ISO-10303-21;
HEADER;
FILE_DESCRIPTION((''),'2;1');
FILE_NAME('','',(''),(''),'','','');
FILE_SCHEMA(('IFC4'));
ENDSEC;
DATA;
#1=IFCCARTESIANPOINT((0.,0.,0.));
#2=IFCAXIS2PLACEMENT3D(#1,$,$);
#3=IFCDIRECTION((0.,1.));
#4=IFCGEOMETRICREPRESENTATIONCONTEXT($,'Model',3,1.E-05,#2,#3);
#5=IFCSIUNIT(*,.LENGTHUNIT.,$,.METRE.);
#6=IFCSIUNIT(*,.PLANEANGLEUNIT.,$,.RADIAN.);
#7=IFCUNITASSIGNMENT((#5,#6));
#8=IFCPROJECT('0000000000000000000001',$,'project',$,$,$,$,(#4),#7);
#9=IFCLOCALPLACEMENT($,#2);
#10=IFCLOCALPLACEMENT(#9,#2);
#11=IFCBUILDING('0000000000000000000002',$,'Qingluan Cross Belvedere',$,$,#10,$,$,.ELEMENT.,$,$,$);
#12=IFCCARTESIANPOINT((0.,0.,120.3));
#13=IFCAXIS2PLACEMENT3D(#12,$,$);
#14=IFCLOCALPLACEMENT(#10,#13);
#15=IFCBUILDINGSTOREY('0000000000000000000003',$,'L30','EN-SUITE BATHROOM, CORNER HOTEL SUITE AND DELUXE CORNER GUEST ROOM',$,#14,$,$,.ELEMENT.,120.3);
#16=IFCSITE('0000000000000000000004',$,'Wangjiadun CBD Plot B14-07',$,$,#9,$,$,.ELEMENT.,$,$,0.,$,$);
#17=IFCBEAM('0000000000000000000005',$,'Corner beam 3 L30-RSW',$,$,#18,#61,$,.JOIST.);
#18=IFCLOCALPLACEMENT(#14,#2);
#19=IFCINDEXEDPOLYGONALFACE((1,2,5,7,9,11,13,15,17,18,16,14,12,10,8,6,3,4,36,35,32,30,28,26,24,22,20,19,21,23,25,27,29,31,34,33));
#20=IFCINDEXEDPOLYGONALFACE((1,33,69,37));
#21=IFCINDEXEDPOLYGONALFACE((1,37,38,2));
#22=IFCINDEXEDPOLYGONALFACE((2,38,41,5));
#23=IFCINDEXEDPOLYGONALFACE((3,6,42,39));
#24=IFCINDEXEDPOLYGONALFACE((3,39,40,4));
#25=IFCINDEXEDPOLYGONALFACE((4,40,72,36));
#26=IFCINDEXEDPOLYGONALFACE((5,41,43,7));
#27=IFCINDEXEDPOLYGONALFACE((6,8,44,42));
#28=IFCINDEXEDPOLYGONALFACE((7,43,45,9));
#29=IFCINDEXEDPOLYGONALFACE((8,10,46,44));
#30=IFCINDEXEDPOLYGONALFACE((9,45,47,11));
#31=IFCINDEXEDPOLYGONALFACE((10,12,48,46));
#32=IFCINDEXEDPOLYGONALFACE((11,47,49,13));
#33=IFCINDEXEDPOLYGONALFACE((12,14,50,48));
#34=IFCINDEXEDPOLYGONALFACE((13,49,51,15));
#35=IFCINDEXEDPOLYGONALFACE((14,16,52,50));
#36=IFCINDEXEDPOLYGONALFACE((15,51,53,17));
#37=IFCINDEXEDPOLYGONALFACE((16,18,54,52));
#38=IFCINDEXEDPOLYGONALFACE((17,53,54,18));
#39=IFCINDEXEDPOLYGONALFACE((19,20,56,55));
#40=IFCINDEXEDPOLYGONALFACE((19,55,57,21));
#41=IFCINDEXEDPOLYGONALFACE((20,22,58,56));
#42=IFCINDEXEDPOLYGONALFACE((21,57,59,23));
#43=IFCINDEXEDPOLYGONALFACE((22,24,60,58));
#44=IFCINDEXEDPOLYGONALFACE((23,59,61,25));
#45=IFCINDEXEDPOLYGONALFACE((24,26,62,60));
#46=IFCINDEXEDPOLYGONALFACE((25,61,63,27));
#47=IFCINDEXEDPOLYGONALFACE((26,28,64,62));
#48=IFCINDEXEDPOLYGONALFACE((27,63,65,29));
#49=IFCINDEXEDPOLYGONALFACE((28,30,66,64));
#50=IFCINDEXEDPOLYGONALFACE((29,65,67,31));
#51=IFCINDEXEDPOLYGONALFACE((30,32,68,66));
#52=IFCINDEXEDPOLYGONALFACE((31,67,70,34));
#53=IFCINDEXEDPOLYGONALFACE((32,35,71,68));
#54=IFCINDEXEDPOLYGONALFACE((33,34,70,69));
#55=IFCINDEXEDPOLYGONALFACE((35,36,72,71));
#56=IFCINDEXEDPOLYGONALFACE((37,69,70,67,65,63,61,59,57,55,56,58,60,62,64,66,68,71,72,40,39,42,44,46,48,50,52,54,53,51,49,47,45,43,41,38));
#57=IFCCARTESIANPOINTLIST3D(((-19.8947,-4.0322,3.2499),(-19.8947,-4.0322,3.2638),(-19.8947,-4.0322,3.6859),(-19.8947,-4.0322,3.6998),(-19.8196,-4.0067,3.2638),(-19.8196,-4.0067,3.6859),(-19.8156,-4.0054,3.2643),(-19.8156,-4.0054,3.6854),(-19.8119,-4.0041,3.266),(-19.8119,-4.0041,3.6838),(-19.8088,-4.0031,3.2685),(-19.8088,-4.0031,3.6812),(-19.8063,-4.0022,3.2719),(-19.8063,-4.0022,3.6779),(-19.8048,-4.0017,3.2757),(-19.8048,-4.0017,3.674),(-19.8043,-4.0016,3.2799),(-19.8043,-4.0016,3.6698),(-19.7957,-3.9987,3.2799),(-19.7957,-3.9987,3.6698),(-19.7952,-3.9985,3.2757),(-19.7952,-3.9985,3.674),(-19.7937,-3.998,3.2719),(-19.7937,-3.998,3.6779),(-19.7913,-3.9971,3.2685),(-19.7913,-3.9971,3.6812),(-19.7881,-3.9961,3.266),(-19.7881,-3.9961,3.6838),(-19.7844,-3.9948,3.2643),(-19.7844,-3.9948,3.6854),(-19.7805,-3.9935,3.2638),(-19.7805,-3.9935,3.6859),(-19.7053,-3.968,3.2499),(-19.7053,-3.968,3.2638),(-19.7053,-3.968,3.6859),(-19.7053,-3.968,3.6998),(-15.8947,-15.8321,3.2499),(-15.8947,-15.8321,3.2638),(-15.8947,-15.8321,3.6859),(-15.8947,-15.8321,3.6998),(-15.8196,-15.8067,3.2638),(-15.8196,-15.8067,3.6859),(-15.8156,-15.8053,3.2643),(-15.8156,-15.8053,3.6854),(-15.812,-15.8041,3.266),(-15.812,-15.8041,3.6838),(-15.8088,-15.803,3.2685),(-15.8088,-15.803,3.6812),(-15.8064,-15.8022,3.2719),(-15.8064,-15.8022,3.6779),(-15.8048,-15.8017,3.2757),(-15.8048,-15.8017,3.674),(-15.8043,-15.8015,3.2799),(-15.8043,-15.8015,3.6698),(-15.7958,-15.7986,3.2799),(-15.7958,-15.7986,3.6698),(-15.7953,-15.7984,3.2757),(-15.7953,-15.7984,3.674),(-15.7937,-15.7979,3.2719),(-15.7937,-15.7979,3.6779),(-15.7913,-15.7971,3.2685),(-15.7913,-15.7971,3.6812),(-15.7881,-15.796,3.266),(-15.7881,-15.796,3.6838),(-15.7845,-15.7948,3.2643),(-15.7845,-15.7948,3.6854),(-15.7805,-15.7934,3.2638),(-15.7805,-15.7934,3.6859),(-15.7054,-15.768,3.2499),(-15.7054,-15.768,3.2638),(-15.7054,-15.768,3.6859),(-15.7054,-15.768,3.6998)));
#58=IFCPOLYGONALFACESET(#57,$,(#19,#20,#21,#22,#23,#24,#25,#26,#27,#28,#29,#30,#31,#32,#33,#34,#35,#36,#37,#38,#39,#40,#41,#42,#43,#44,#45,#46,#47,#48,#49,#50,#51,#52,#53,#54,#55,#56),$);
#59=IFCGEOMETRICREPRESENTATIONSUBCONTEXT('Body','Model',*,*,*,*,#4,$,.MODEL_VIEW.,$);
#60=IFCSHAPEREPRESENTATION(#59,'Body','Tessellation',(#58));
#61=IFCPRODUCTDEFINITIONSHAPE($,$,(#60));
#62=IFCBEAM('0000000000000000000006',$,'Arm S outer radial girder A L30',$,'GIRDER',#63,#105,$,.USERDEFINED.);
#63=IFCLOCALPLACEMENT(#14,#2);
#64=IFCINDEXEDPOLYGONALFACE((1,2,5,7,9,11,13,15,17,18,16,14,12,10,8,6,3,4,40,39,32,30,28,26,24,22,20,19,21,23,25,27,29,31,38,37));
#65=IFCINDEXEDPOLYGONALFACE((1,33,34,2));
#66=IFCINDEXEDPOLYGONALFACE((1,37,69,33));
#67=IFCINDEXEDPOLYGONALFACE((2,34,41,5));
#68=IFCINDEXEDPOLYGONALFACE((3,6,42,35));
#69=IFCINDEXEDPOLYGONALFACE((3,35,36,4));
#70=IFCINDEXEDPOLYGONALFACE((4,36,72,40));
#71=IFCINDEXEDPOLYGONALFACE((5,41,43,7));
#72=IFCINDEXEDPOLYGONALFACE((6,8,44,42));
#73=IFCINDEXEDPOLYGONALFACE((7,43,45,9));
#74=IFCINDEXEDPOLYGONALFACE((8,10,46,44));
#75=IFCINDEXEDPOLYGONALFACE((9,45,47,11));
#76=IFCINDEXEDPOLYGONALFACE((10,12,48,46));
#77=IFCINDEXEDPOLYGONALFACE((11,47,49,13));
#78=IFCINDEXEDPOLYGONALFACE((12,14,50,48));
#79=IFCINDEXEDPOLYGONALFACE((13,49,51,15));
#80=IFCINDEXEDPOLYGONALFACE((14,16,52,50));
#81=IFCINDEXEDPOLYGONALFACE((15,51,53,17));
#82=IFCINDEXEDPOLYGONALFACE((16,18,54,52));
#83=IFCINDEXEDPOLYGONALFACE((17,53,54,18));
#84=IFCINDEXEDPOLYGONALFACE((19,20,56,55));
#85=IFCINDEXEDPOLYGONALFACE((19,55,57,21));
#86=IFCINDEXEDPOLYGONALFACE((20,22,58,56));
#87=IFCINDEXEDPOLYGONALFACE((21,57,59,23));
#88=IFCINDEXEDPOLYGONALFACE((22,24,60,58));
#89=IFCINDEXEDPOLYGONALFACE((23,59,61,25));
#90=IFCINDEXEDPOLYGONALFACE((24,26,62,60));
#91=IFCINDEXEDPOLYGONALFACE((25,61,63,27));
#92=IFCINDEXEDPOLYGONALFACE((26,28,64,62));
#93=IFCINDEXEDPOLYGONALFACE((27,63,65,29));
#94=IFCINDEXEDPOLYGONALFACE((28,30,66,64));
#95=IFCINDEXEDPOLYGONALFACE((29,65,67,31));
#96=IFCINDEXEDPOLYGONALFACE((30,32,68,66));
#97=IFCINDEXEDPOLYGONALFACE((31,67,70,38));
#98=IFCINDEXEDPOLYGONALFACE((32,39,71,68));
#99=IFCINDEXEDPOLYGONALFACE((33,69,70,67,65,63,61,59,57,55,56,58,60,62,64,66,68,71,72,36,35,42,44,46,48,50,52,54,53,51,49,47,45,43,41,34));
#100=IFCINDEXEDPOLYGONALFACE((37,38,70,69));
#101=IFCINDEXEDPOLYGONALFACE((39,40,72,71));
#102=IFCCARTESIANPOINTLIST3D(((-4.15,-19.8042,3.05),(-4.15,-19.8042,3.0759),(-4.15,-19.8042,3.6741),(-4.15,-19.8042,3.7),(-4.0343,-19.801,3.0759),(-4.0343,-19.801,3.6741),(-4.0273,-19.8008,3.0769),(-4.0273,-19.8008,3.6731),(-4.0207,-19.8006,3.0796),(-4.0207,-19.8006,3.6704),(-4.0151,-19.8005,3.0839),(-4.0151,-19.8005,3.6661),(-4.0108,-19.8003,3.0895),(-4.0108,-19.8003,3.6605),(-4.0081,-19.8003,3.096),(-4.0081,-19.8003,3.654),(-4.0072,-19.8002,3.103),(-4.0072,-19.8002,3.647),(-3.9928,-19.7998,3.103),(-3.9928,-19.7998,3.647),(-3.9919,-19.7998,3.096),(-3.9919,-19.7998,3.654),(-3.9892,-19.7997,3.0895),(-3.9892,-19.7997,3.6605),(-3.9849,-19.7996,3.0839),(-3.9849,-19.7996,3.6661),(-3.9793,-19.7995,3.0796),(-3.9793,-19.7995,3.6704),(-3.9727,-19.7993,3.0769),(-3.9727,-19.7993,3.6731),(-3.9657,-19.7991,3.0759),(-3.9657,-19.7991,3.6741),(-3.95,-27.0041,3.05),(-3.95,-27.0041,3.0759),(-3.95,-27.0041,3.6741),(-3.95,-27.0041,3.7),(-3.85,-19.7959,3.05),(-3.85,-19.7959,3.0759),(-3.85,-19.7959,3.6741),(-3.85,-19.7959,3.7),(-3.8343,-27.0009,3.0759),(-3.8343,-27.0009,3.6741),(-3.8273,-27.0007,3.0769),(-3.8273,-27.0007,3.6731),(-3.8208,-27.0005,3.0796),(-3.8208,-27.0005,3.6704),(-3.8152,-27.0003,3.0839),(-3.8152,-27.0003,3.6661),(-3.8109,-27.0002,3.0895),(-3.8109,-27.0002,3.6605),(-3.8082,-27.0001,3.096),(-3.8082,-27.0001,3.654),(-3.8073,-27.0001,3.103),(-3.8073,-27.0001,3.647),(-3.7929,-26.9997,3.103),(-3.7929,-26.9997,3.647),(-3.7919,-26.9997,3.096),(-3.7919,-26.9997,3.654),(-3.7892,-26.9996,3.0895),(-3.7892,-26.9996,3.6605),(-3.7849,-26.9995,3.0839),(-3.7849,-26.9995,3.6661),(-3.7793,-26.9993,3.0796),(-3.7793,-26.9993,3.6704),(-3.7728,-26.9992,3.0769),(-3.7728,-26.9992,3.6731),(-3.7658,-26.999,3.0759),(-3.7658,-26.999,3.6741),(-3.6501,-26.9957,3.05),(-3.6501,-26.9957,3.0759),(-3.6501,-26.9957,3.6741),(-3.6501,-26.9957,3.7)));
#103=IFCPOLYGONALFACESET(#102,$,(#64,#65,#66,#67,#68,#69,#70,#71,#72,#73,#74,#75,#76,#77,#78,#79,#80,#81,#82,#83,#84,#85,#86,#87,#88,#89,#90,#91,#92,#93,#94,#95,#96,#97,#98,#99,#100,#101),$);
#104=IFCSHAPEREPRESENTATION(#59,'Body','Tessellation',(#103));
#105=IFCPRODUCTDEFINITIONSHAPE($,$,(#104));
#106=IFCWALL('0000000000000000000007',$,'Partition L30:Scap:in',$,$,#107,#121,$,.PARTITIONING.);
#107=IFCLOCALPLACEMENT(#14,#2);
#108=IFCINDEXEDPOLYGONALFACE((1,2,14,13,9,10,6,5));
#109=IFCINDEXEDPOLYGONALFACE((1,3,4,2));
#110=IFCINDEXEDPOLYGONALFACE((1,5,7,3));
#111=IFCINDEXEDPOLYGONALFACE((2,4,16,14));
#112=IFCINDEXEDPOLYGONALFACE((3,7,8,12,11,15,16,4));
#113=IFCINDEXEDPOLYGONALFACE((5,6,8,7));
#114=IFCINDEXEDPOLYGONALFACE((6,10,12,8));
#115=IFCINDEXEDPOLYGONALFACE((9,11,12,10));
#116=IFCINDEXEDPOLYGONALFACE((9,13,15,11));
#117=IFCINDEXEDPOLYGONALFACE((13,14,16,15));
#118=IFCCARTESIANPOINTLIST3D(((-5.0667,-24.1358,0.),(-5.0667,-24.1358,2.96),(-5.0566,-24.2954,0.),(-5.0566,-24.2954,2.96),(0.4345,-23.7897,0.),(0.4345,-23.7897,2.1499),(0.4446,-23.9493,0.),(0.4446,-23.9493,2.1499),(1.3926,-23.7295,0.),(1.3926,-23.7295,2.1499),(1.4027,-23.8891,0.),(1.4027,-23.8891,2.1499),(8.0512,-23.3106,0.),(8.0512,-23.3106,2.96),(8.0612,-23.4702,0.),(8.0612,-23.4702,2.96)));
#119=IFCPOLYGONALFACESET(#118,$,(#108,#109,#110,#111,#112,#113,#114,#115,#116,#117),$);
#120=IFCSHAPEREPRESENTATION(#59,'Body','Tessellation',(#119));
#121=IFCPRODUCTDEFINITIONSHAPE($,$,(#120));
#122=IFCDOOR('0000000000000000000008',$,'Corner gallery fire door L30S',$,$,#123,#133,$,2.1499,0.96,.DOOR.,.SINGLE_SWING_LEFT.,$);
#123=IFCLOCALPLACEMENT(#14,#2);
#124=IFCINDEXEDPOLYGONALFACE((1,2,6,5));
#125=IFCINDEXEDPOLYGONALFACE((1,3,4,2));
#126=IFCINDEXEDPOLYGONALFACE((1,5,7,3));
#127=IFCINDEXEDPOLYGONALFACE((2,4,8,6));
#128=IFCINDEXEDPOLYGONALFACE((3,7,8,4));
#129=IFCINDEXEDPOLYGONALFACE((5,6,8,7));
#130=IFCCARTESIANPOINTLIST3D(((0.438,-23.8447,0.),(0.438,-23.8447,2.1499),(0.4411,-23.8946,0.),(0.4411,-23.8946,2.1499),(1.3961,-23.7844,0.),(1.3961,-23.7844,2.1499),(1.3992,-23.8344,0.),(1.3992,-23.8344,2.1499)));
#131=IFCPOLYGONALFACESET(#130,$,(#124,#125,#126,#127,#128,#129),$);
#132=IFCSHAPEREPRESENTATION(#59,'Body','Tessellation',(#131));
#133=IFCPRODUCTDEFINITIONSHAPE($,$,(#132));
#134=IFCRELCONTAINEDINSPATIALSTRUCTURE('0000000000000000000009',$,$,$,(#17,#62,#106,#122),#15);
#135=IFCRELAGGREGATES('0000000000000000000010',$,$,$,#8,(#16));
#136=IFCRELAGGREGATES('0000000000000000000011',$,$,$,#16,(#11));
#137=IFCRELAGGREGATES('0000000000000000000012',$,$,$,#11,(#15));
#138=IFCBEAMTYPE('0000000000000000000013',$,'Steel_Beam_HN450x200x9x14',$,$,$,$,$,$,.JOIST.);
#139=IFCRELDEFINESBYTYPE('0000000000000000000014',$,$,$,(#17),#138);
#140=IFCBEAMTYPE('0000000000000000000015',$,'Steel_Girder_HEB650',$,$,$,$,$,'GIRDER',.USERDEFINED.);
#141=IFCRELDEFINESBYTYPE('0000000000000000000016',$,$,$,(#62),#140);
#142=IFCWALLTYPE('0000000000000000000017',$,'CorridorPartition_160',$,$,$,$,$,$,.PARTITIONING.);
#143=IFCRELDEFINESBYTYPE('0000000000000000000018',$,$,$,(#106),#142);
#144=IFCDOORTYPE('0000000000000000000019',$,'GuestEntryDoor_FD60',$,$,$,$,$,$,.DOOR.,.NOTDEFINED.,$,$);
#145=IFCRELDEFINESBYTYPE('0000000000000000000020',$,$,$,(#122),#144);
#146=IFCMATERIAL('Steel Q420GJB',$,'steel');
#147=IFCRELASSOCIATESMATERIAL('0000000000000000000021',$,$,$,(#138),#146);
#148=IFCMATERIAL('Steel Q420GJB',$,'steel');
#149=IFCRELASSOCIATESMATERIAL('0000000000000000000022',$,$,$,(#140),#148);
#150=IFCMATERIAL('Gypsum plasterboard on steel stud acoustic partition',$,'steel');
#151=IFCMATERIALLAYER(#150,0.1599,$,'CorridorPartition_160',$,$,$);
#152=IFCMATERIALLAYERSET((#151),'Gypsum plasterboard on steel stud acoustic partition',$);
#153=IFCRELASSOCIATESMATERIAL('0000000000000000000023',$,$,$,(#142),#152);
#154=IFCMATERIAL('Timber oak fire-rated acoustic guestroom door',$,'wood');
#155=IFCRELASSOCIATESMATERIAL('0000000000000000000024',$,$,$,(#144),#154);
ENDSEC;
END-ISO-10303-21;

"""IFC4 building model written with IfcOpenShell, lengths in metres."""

from ifc_helpers import new_model, si_unit, direction, frame, frame_2d, origin, origin_2d, place, context, subcontext, project, spatial, rectangle, i_section, extrude, material, layer, layer_set, material_profile, profile_set, type_object, element, fill, save


model = new_model("IFC4")

# Units and contexts
model_context = context("Model", 3, precision=1e-05, world=origin(), true_north=direction((0.0, 1.0)))
body_context = subcontext(model_context, "Body", "Model", "MODEL_VIEW")
ifc_project = project(units=[si_unit("LENGTHUNIT", "METRE"), si_unit("PLANEANGLEUNIT", "RADIAN")], contexts=[model_context])

# Site, building, storey
site_placement = place(None, origin())
site = spatial("IfcSite", under=ifc_project, at=site_placement, Name="Wangjiadun CBD Plot B14-07", CompositionType="ELEMENT", RefElevation=0.0)
building_placement = place(site_placement, origin())
building = spatial("IfcBuilding", under=site, at=building_placement, Name="Qingluan Cross Belvedere", CompositionType="ELEMENT")
storey_placement = place(building_placement, frame((0.0, 0.0, 120.3)))
storey = spatial("IfcBuildingStorey", under=building, at=storey_placement, Name="L30", Description="EN-SUITE BATHROOM, CORNER HOTEL SUITE AND DELUXE CORNER GUEST ROOM", CompositionType="ELEMENT", Elevation=120.3)

# Beams
ifc_material_1 = material(Name="Steel Q420GJB", Category="steel")
ifc_material_profile_1 = material_profile(ifc_material_1, i_section(OverallWidth=0.2, OverallDepth=0.45, WebThickness=0.009, FlangeThickness=0.0139, FilletRadius=0.0161, at=origin_2d()), Name="HN450x200x9x14")
ifc_profile_set_1 = profile_set([ifc_material_profile_1], Name="Steel Q420GJB")
beam_type_1 = type_object("IfcBeamType", Name="Steel_Beam_HN450x200x9x14", PredefinedType="JOIST", material=ifc_profile_set_1)
for number, where, z_axis, x_axis, name in (
    (1, (-15.8, -15.8, 3.4749), (-0.321038, 0.947066, 0.0), (-0.947066, -0.321038, 0.0), "Corner beam 3 L30-RSW"),
):
    element("IfcBeam", number, at=place(storey_placement, frame(where, z_axis=z_axis, x_axis=x_axis)), inside=storey, type_object=beam_type_1, Name=name, PredefinedType="JOIST", context=body_context, shape_type="SweptSolid", body=[
        extrude(i_section(OverallWidth=0.2, OverallDepth=0.45, WebThickness=0.009, FlangeThickness=0.0139, FilletRadius=0.0161, at=origin_2d()), origin(), (0.0, 0.0, 1.0), 12.4595),
    ])
ifc_material_2 = material(Name="Steel Q420GJB", Category="steel")
ifc_material_profile_2 = material_profile(ifc_material_2, i_section(OverallWidth=0.3, OverallDepth=0.6499, WebThickness=0.0144, FlangeThickness=0.0259, FilletRadius=0.0271, at=origin_2d()), Name="HEB650")
ifc_profile_set_2 = profile_set([ifc_material_profile_2], Name="Steel Q420GJB")
beam_type_2 = type_object("IfcBeamType", Name="Steel_Girder_HEB650", ElementType="GIRDER", PredefinedType="USERDEFINED", material=ifc_profile_set_2)
beam_placement = place(storey_placement, frame((-4.0, -19.8, 3.375), z_axis=(0.02776, -0.999615, 0.0), x_axis=(0.999615, 0.02776, 0.0)))
element("IfcBeam", 2, at=beam_placement, inside=storey, type_object=beam_type_2, Name="Arm S outer radial girder A L30", ObjectType="GIRDER", PredefinedType="USERDEFINED", context=body_context, shape_type="SweptSolid", body=[
    extrude(i_section(OverallWidth=0.3, OverallDepth=0.6499, WebThickness=0.0144, FlangeThickness=0.0259, FilletRadius=0.0271, at=origin_2d()), origin(), (0.0, 0.0, 1.0), 7.2026),
])

# Wall, opening, door
ifc_material_3 = material(Name="Gypsum plasterboard on steel stud acoustic partition", Category="steel")
ifc_layer_1 = layer(ifc_material_3, 0.1599, Name="CorridorPartition_160")
ifc_layer_set_1 = layer_set([ifc_layer_1], Name="Gypsum plasterboard on steel stud acoustic partition")
wall_type_1 = type_object("IfcWallType", Name="CorridorPartition_160", PredefinedType="PARTITIONING", material=ifc_layer_set_1)
wall_1_placement = place(storey_placement, frame((-5.0615, -24.2156, 0.0), z_axis=(0.0, 0.0, 1.0), x_axis=(0.998027, 0.062782, 0.0)))
wall_1 = element("IfcWall", 3, at=wall_1_placement, inside=storey, type_object=wall_type_1, Name="Partition L30:Scap:in", PredefinedType="PARTITIONING", context=body_context, shape_type="SweptSolid", body=[
    extrude(rectangle(XDim=13.1438, YDim=0.1599, at=frame_2d((6.5718, 0.0))), origin(), (0.0, 0.0, 1.0), 2.96),
])
opening_1_placement = place(wall_1_placement, frame((5.512, 0.0, 0.0)))
opening_1 = element("IfcOpeningElement", 4, at=opening_1_placement, cuts=wall_1, PredefinedType="OPENING", context=body_context, shape_type="SweptSolid", body=[
    extrude(rectangle(XDim=0.96, YDim=2.1499, at=frame_2d((0.48, 1.075))), frame((0.0, 0.0898, 0.0), z_axis=(0.0, -1.0, 0.0), x_axis=(1.0, 0.0, 0.0)), (0.0, 0.0, 1.0), 0.1799),
])
ifc_material_4 = material(Name="Timber oak fire-rated acoustic guestroom door", Category="wood")
door_type_1 = type_object("IfcDoorType", Name="GuestEntryDoor_FD60", OperationType="NOTDEFINED", PredefinedType="DOOR", material=ifc_material_4)
door_1_placement = place(opening_1_placement, origin())
door_1 = element("IfcDoor", 5, at=door_1_placement, inside=storey, type_object=door_type_1, Name="Corner gallery fire door L30S", OperationType="SINGLE_SWING_LEFT", OverallHeight=2.1499, OverallWidth=0.96, PredefinedType="DOOR", context=body_context, shape_type="SweptSolid", body=[
    extrude(rectangle(XDim=0.96, YDim=2.1499, at=frame_2d((0.48, 1.075))), frame((0.0, 0.0249, 0.0), z_axis=(0.0, -1.0, 0.0), x_axis=(1.0, 0.0, 0.0)), (0.0, 0.0, 1.0), 0.05),
])
fill(opening_1, door_1)

save(model, "model.ifc")
